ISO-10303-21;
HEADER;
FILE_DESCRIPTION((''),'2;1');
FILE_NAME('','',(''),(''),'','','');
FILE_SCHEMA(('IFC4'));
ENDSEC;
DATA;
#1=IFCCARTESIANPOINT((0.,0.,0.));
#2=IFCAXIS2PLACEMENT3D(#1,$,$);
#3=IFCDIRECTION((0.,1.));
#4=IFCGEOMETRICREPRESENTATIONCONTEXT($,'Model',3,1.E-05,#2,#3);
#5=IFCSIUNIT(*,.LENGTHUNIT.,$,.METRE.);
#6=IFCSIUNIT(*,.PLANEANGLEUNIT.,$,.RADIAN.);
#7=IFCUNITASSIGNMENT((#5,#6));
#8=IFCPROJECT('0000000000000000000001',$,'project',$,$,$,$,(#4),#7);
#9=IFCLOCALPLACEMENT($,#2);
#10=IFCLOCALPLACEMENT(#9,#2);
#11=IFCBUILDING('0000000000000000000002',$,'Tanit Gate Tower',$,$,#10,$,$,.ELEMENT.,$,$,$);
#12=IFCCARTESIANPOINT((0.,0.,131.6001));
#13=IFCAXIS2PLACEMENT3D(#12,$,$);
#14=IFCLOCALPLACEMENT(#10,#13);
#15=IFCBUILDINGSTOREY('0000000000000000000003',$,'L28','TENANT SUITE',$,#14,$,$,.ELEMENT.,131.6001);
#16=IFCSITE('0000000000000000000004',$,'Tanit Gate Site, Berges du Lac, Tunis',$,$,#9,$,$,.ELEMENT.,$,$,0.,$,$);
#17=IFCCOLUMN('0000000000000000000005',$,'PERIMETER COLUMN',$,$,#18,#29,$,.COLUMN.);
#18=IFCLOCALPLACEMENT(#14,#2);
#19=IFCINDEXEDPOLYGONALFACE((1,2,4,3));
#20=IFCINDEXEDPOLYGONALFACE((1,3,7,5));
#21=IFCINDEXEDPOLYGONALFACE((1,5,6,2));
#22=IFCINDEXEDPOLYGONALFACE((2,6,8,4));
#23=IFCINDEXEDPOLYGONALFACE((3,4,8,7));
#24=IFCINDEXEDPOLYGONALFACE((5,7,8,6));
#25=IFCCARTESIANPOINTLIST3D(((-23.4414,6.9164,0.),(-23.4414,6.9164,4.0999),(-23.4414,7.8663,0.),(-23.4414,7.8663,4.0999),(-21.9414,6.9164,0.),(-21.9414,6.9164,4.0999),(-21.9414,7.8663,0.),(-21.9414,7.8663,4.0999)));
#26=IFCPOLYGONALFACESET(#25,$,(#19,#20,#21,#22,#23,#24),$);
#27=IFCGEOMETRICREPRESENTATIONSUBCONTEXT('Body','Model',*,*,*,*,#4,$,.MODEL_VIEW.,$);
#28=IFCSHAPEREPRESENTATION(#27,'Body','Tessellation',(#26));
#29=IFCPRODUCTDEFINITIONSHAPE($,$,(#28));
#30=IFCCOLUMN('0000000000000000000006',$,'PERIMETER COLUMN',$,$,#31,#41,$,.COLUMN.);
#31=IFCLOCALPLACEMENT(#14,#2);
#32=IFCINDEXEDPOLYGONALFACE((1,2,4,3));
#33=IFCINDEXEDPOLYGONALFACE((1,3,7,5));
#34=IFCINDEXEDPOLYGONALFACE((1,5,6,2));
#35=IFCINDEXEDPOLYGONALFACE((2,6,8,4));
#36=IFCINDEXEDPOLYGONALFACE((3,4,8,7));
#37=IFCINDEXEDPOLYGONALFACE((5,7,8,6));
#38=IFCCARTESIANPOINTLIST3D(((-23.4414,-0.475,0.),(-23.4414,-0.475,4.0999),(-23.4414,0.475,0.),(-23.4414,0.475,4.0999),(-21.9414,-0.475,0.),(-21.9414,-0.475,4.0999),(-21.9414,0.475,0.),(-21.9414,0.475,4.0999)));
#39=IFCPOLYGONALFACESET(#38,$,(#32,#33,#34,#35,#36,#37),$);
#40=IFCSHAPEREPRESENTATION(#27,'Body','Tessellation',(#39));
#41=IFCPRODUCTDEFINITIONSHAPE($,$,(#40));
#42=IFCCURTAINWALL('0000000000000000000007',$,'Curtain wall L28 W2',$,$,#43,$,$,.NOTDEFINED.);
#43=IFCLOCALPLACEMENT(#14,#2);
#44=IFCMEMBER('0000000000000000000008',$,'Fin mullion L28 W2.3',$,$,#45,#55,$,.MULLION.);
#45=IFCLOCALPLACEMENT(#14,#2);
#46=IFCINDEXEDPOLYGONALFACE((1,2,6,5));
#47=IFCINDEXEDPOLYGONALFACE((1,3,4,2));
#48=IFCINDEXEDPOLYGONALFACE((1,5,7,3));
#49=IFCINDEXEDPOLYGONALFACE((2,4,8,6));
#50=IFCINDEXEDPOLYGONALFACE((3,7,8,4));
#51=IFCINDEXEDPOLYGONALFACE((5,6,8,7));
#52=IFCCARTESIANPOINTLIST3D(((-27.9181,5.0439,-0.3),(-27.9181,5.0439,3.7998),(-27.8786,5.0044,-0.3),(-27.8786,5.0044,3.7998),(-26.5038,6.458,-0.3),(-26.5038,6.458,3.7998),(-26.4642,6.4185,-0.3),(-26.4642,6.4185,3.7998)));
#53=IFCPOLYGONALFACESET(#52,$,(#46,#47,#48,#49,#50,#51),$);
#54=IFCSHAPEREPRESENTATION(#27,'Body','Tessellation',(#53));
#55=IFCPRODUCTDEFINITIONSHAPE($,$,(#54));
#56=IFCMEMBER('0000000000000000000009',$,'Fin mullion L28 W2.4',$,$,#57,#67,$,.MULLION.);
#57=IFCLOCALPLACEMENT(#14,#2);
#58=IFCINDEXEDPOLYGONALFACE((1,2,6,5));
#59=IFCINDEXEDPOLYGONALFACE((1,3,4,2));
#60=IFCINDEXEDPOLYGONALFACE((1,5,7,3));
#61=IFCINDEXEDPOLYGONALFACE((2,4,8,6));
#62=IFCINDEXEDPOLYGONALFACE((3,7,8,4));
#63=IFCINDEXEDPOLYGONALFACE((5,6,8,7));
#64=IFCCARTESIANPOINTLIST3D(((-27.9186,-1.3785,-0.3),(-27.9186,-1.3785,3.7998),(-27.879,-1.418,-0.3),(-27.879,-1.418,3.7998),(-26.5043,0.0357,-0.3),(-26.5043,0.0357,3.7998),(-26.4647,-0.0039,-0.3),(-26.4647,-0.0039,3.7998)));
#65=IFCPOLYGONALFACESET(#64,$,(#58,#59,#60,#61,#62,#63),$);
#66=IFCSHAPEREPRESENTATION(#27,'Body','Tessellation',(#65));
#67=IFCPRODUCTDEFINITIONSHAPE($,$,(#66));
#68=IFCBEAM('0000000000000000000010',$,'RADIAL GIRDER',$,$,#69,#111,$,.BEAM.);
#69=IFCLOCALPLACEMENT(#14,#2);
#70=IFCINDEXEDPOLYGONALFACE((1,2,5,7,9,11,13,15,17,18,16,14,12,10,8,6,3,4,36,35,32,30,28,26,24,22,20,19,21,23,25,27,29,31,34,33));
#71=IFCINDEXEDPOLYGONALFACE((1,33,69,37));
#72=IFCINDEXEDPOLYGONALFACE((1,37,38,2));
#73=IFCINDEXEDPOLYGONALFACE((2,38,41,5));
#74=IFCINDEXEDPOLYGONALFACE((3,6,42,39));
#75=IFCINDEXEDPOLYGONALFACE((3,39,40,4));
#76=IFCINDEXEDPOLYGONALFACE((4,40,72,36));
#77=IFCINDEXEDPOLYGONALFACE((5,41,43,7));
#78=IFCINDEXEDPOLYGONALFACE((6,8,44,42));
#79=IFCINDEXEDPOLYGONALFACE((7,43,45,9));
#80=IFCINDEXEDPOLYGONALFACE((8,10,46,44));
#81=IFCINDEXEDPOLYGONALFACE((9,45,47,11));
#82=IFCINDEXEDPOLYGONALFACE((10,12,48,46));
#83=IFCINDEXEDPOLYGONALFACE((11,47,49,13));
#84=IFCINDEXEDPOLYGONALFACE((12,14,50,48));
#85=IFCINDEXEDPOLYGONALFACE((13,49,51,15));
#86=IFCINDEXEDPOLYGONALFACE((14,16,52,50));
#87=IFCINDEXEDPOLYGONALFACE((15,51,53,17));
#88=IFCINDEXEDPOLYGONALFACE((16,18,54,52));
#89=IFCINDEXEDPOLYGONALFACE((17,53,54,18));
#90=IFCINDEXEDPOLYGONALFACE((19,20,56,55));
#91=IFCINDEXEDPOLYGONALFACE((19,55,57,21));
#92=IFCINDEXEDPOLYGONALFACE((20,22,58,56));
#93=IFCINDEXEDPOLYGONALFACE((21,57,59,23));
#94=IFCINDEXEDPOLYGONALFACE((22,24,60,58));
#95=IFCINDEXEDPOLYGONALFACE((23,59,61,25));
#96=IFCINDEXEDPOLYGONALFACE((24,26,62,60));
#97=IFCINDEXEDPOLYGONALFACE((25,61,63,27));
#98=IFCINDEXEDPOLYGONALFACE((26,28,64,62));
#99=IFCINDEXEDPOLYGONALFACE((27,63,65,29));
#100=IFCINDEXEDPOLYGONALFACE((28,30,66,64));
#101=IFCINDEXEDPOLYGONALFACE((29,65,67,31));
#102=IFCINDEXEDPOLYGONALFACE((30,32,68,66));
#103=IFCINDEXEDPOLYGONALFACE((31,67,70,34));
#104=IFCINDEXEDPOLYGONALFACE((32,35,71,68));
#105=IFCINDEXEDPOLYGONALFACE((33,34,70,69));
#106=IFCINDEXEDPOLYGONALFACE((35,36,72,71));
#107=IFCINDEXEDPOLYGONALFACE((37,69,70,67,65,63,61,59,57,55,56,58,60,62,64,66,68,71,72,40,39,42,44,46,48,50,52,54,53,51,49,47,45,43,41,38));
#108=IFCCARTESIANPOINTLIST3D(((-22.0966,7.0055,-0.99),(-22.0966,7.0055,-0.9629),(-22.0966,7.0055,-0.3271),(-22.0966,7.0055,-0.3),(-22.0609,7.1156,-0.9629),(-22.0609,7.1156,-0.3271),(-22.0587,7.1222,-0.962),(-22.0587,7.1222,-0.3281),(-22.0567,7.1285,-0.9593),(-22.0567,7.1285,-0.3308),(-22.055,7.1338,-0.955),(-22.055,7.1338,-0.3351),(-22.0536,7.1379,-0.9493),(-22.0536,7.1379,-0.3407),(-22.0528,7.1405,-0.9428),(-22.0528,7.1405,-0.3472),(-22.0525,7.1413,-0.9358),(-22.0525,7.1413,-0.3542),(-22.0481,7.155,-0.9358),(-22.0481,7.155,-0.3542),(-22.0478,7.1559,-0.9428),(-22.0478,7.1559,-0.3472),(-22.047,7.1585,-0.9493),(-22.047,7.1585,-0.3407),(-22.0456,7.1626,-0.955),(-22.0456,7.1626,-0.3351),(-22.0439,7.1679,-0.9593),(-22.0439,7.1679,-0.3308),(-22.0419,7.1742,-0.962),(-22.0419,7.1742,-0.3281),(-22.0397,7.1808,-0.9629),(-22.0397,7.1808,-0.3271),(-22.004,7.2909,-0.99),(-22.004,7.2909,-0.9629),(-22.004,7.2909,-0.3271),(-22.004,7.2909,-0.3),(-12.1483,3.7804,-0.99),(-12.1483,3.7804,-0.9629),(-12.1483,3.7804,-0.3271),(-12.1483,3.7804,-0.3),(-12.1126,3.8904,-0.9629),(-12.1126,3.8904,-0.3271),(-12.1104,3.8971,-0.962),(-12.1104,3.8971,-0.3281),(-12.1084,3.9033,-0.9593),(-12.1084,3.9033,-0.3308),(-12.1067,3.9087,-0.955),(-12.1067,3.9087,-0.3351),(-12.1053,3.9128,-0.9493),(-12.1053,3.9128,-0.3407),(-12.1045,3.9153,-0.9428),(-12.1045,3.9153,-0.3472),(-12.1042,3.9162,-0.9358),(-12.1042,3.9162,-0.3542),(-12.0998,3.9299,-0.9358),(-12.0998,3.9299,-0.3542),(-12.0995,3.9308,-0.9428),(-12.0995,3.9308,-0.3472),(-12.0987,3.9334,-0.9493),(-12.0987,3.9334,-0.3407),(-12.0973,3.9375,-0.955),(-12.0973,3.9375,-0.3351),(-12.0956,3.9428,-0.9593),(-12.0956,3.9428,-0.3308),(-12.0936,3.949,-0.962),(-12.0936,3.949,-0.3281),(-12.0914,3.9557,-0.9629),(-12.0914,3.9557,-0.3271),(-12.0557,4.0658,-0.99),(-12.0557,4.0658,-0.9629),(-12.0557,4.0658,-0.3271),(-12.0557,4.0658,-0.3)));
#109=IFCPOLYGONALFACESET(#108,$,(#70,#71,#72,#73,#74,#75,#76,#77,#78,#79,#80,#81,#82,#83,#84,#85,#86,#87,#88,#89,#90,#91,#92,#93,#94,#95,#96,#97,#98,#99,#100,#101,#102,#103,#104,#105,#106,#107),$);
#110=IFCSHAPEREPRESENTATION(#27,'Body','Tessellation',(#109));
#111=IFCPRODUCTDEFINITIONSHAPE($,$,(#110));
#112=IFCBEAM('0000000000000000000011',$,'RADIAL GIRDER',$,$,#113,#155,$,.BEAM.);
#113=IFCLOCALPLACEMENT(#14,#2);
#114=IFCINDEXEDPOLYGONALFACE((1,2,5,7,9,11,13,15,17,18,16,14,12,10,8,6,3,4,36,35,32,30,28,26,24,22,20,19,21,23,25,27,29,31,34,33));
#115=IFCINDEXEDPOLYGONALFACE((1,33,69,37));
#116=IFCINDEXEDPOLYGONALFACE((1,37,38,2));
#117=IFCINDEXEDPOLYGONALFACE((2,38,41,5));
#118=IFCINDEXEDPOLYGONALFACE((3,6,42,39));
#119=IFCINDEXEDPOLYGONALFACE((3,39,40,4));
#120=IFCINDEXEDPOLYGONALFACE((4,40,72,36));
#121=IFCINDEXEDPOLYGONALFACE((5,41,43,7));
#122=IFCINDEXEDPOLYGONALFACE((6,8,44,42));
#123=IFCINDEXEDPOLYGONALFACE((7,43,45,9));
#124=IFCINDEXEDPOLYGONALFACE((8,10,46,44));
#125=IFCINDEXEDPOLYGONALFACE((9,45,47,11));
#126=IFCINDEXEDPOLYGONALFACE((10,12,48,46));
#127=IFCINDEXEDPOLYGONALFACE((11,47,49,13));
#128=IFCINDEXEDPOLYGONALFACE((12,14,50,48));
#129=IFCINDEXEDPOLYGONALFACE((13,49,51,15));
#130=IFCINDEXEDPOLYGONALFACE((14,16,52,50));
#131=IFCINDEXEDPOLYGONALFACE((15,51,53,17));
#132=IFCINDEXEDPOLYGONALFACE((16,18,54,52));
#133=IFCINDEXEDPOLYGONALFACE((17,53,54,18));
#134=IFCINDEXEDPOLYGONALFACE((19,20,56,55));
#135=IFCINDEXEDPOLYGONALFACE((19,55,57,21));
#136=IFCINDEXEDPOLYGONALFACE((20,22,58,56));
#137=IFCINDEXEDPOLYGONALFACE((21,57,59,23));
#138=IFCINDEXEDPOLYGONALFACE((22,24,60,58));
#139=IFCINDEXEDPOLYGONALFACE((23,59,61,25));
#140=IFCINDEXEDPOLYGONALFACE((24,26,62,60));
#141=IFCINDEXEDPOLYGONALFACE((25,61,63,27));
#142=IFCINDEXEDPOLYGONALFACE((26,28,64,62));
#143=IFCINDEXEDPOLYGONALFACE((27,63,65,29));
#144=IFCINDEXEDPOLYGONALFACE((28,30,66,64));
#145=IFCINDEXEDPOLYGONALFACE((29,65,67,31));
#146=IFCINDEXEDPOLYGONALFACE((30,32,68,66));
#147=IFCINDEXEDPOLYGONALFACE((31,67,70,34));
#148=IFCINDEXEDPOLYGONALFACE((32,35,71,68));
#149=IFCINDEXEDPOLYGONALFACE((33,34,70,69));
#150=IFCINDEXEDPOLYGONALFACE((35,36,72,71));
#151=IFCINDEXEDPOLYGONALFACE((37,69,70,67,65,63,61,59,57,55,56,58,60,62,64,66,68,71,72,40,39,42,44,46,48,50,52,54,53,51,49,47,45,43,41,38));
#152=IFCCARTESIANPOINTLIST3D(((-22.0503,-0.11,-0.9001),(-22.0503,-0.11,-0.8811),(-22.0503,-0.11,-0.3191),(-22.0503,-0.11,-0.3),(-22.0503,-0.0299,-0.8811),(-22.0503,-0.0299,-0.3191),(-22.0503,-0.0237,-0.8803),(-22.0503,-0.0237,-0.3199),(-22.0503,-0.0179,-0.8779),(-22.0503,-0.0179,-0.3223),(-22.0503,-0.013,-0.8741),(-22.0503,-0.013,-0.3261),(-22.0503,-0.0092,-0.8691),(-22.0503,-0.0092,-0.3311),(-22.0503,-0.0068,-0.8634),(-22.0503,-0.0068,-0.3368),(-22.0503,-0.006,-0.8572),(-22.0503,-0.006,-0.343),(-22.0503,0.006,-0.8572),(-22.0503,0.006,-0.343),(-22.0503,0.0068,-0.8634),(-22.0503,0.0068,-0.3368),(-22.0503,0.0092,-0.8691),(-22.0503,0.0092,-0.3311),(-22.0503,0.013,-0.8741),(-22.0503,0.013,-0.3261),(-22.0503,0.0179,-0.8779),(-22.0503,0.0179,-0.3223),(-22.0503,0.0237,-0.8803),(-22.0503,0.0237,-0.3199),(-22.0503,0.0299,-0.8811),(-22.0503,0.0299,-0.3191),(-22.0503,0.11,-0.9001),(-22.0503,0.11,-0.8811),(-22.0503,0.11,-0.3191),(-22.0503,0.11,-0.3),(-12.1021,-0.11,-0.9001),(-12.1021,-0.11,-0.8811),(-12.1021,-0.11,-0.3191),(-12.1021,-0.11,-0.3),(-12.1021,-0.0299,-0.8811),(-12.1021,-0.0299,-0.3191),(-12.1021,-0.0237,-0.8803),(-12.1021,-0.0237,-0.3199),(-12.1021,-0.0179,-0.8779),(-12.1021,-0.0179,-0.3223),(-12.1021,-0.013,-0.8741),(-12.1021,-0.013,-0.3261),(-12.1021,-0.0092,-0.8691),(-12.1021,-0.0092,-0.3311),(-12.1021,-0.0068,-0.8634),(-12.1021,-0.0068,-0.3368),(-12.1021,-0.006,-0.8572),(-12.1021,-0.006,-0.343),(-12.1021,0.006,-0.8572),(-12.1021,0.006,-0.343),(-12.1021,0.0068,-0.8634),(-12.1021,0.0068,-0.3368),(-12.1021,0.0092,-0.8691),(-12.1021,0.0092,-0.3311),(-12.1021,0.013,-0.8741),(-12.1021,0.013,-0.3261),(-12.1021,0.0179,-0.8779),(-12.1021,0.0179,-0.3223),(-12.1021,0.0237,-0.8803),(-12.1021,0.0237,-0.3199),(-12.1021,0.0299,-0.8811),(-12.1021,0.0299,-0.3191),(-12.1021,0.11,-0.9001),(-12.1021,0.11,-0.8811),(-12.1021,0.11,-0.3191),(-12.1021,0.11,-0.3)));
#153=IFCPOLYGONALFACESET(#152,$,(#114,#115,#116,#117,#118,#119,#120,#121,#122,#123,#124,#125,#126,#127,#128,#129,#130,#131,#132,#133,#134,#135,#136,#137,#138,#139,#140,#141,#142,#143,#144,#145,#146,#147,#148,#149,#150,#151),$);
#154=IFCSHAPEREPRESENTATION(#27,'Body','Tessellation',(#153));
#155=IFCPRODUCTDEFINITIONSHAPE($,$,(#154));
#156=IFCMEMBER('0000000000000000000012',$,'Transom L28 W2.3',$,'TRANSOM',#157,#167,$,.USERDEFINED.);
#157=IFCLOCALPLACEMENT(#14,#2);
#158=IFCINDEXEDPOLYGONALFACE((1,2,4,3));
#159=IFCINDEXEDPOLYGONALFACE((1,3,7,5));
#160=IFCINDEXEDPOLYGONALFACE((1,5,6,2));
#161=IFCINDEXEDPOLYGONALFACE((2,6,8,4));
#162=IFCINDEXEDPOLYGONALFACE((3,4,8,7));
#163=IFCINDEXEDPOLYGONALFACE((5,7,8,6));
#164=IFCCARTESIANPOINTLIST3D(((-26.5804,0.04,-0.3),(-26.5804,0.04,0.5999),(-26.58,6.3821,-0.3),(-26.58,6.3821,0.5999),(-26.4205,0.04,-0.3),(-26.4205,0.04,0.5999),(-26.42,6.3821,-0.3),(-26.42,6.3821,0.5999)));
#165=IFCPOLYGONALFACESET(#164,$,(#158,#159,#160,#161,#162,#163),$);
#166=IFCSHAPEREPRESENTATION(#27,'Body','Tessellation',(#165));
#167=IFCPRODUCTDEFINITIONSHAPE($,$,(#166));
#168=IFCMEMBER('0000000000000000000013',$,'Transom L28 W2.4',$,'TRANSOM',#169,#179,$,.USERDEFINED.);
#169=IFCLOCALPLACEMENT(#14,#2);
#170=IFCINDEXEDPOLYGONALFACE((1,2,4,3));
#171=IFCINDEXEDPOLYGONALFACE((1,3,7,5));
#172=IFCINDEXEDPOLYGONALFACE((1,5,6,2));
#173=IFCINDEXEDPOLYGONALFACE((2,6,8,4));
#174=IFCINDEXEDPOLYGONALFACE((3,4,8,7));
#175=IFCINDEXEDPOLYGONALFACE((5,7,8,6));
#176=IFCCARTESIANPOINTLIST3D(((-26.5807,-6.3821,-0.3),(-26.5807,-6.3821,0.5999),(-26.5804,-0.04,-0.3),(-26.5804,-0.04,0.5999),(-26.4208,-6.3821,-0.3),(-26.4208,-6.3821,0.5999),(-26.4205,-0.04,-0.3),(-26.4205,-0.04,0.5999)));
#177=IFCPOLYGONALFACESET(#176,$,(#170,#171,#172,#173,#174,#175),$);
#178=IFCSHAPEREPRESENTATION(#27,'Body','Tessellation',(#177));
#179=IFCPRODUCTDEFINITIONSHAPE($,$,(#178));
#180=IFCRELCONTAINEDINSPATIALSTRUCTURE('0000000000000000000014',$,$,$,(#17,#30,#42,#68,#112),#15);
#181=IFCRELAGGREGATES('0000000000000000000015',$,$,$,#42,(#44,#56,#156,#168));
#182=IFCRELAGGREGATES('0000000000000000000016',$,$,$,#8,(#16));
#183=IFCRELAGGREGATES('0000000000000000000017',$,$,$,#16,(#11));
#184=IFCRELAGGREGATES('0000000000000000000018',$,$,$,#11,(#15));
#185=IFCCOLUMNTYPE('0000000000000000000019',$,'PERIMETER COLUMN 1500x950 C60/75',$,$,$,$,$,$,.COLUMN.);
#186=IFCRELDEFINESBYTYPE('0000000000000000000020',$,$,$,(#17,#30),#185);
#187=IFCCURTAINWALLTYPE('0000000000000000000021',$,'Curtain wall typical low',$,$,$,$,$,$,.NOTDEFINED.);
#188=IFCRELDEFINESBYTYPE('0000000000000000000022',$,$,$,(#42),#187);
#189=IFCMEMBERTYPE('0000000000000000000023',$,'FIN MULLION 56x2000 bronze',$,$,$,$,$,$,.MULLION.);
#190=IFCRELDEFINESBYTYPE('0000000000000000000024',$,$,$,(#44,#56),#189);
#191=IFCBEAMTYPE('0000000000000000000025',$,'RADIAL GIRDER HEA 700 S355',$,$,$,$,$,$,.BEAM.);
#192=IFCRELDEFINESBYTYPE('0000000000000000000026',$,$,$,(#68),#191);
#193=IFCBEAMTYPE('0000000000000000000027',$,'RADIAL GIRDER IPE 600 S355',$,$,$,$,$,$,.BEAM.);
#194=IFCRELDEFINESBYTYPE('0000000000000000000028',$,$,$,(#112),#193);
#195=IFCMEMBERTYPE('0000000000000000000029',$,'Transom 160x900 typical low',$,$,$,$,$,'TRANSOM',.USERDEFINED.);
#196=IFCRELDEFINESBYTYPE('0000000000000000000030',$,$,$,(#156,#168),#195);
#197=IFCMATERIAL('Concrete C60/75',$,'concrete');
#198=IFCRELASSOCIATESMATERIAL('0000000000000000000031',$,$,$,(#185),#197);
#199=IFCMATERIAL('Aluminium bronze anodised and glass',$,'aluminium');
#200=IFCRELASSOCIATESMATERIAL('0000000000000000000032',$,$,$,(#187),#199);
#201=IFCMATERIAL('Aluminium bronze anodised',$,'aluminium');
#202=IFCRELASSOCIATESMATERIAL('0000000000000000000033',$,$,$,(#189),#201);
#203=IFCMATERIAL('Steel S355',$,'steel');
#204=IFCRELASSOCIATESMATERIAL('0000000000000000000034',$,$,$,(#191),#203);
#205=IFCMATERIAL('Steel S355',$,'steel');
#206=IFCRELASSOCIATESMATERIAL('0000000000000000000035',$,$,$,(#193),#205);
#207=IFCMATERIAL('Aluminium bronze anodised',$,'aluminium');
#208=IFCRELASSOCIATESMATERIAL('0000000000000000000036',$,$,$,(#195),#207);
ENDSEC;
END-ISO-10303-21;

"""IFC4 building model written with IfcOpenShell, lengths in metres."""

from ifc_helpers import new_model, si_unit, direction, frame, origin, origin_2d, place, context, subcontext, project, spatial, rectangle, i_section, extrude, material, material_profile, profile_set, type_object, element, aggregate, save


model = new_model("IFC4")

# Units and contexts
model_context = context("Model", 3, precision=1e-05, world=origin(), true_north=direction((0.0, 1.0)))
body_context = subcontext(model_context, "Body", "Model", "MODEL_VIEW")
ifc_project = project(units=[si_unit("LENGTHUNIT", "METRE"), si_unit("PLANEANGLEUNIT", "RADIAN")], contexts=[model_context])

# Site, building, storey
site_placement = place(None, origin())
site = spatial("IfcSite", under=ifc_project, at=site_placement, Name="Tanit Gate Site, Berges du Lac, Tunis", CompositionType="ELEMENT", RefElevation=0.0)
building_placement = place(site_placement, origin())
building = spatial("IfcBuilding", under=site, at=building_placement, Name="Tanit Gate Tower", CompositionType="ELEMENT")
storey_placement = place(building_placement, frame((0.0, 0.0, 131.6001)))
storey = spatial("IfcBuildingStorey", under=building, at=storey_placement, Name="L28", Description="TENANT SUITE", CompositionType="ELEMENT", Elevation=131.6001)

# Columns
ifc_material_1 = material(Name="Concrete C60/75", Category="concrete")
ifc_material_profile_1 = material_profile(ifc_material_1, rectangle(XDim=1.5, YDim=0.95, at=origin_2d()), Name="RC 1500x950")
ifc_profile_set_1 = profile_set([ifc_material_profile_1], Name="Concrete C60/75")
column_type = type_object("IfcColumnType", Name="PERIMETER COLUMN 1500x950 C60/75", PredefinedType="COLUMN", material=ifc_profile_set_1)
for number, where, z_axis, x_axis, name in (
    (1, (-22.6914, 7.3914, 0.0), (0.0, 0.0, 1.0), (-1.0, 0.0, 0.0), "PERIMETER COLUMN"),
    (2, (-22.6914, 0.0, 0.0), (0.0, 0.0, 1.0), (-1.0, 0.0, 0.0), "PERIMETER COLUMN"),
):
    element("IfcColumn", number, at=place(storey_placement, frame(where, z_axis=z_axis, x_axis=x_axis)), inside=storey, type_object=column_type, Name=name, PredefinedType="COLUMN", context=body_context, shape_type="SweptSolid", body=[
        extrude(rectangle(XDim=1.5, YDim=0.95, at=origin_2d()), origin(), (0.0, 0.0, 1.0), 4.0999),
    ])

# Curtain wall, members
ifc_material_2 = material(Name="Aluminium bronze anodised and glass", Category="aluminium")
curtain_wall_type = type_object("IfcCurtainWallType", Name="Curtain wall typical low", PredefinedType="NOTDEFINED", material=ifc_material_2)
curtain_wall_placement = place(storey_placement, origin())
curtain_wall = element("IfcCurtainWall", 3, at=curtain_wall_placement, inside=storey, type_object=curtain_wall_type, Name="Curtain wall L28 W2", PredefinedType="NOTDEFINED")
ifc_material_3 = material(Name="Aluminium bronze anodised", Category="aluminium")
ifc_material_profile_2 = material_profile(ifc_material_3, rectangle(XDim=2.0, YDim=0.0559, at=origin_2d()), Name="56x2000 bronze fin mullion")
ifc_profile_set_2 = profile_set([ifc_material_profile_2], Name="Aluminium bronze anodised")
member_type_1 = type_object("IfcMemberType", Name="FIN MULLION 56x2000 bronze", PredefinedType="MULLION", material=ifc_profile_set_2)
member_1_placement = place(storey_placement, frame((-27.1912, 5.7312, -0.3), z_axis=(0.0, 0.0, 1.0), x_axis=(0.707156, 0.707058, 0.0)))
member_1 = element("IfcMember", 4, at=member_1_placement, type_object=member_type_1, Name="Fin mullion L28 W2.3", PredefinedType="MULLION", context=body_context, shape_type="SweptSolid", body=[
    extrude(rectangle(XDim=2.0, YDim=0.0559, at=origin_2d()), origin(), (0.0, 0.0, 1.0), 4.0999),
])
member_2_placement = place(storey_placement, frame((-27.1917, -0.6912, -0.3), z_axis=(0.0, 0.0, 1.0), x_axis=(0.707156, 0.707058, 0.0)))
member_2 = element("IfcMember", 5, at=member_2_placement, type_object=member_type_1, Name="Fin mullion L28 W2.4", PredefinedType="MULLION", context=body_context, shape_type="SweptSolid", body=[
    extrude(rectangle(XDim=2.0, YDim=0.0559, at=origin_2d()), origin(), (0.0, 0.0, 1.0), 4.0999),
])

# Beams
ifc_material_4 = material(Name="Steel S355", Category="steel")
ifc_material_profile_3 = material_profile(ifc_material_4, i_section(OverallWidth=0.3, OverallDepth=0.6899, WebThickness=0.0144, FlangeThickness=0.0271, FilletRadius=0.0271, at=origin_2d()), Name="HEA 700")
ifc_profile_set_3 = profile_set([ifc_material_profile_3], Name="Steel S355")
beam_type_1 = type_object("IfcBeamType", Name="RADIAL GIRDER HEA 700 S355", PredefinedType="BEAM", material=ifc_profile_set_3)
beam_1_placement = place(storey_placement, frame((-22.0503, 7.1482, -0.645), z_axis=(0.951261, -0.308387, 0.0), x_axis=(0.308387, 0.951261, 0.0)))
element("IfcBeam", 6, at=beam_1_placement, inside=storey, type_object=beam_type_1, Name="RADIAL GIRDER", PredefinedType="BEAM", context=body_context, shape_type="SweptSolid", body=[
    extrude(i_section(OverallWidth=0.3, OverallDepth=0.6899, WebThickness=0.0144, FlangeThickness=0.0271, FilletRadius=0.0271, at=origin_2d()), origin(), (0.0, 0.0, 1.0), 10.458),
])
ifc_material_5 = material(Name="Steel S355", Category="steel")
ifc_material_profile_4 = material_profile(ifc_material_5, i_section(OverallWidth=0.22, OverallDepth=0.6001, WebThickness=0.012, FlangeThickness=0.019, FilletRadius=0.0239, at=origin_2d()), Name="IPE 600")
ifc_profile_set_4 = profile_set([ifc_material_profile_4], Name="Steel S355")
beam_type_2 = type_object("IfcBeamType", Name="RADIAL GIRDER IPE 600 S355", PredefinedType="BEAM", material=ifc_profile_set_4)
beam_2_placement = place(storey_placement, frame((-22.0503, 0.0, -0.6001), z_axis=(1.0, 0.0, 0.0), x_axis=(0.0, 1.0, 0.0)))
element("IfcBeam", 7, at=beam_2_placement, inside=storey, type_object=beam_type_2, Name="RADIAL GIRDER", PredefinedType="BEAM", context=body_context, shape_type="SweptSolid", body=[
    extrude(i_section(OverallWidth=0.22, OverallDepth=0.6001, WebThickness=0.012, FlangeThickness=0.019, FilletRadius=0.0239, at=origin_2d()), origin(), (0.0, 0.0, 1.0), 9.9482),
])

# Members
ifc_material_6 = material(Name="Aluminium bronze anodised", Category="aluminium")
ifc_material_profile_5 = material_profile(ifc_material_6, rectangle(XDim=0.1599, YDim=0.8999, at=origin_2d()), Name="160x900 bronze transom")
ifc_profile_set_5 = profile_set([ifc_material_profile_5], Name="Aluminium bronze anodised")
member_type_2 = type_object("IfcMemberType", Name="Transom 160x900 typical low", ElementType="TRANSOM", PredefinedType="USERDEFINED", material=ifc_profile_set_5)
member_3_placement = place(storey_placement, frame((-26.5, 6.3821, 0.1499), z_axis=(-0.000077, -1.0, 0.0), x_axis=(1.0, -0.000077, 0.0)))
member_3 = element("IfcMember", 8, at=member_3_placement, type_object=member_type_2, Name="Transom L28 W2.3", ObjectType="TRANSOM", PredefinedType="USERDEFINED", context=body_context, shape_type="SweptSolid", body=[
    extrude(rectangle(XDim=0.1599, YDim=0.8999, at=origin_2d()), origin(), (0.0, 0.0, 1.0), 6.342),
])
member_4_placement = place(storey_placement, frame((-26.5005, -0.04, 0.1499), z_axis=(-0.000038, -1.0, 0.0), x_axis=(1.0, -0.000038, 0.0)))
member_4 = element("IfcMember", 9, at=member_4_placement, type_object=member_type_2, Name="Transom L28 W2.4", ObjectType="TRANSOM", PredefinedType="USERDEFINED", context=body_context, shape_type="SweptSolid", body=[
    extrude(rectangle(XDim=0.1599, YDim=0.8999, at=origin_2d()), origin(), (0.0, 0.0, 1.0), 6.342),
])

aggregate(curtain_wall, [member_1, member_2, member_3, member_4])

save(model, "model.ifc")
